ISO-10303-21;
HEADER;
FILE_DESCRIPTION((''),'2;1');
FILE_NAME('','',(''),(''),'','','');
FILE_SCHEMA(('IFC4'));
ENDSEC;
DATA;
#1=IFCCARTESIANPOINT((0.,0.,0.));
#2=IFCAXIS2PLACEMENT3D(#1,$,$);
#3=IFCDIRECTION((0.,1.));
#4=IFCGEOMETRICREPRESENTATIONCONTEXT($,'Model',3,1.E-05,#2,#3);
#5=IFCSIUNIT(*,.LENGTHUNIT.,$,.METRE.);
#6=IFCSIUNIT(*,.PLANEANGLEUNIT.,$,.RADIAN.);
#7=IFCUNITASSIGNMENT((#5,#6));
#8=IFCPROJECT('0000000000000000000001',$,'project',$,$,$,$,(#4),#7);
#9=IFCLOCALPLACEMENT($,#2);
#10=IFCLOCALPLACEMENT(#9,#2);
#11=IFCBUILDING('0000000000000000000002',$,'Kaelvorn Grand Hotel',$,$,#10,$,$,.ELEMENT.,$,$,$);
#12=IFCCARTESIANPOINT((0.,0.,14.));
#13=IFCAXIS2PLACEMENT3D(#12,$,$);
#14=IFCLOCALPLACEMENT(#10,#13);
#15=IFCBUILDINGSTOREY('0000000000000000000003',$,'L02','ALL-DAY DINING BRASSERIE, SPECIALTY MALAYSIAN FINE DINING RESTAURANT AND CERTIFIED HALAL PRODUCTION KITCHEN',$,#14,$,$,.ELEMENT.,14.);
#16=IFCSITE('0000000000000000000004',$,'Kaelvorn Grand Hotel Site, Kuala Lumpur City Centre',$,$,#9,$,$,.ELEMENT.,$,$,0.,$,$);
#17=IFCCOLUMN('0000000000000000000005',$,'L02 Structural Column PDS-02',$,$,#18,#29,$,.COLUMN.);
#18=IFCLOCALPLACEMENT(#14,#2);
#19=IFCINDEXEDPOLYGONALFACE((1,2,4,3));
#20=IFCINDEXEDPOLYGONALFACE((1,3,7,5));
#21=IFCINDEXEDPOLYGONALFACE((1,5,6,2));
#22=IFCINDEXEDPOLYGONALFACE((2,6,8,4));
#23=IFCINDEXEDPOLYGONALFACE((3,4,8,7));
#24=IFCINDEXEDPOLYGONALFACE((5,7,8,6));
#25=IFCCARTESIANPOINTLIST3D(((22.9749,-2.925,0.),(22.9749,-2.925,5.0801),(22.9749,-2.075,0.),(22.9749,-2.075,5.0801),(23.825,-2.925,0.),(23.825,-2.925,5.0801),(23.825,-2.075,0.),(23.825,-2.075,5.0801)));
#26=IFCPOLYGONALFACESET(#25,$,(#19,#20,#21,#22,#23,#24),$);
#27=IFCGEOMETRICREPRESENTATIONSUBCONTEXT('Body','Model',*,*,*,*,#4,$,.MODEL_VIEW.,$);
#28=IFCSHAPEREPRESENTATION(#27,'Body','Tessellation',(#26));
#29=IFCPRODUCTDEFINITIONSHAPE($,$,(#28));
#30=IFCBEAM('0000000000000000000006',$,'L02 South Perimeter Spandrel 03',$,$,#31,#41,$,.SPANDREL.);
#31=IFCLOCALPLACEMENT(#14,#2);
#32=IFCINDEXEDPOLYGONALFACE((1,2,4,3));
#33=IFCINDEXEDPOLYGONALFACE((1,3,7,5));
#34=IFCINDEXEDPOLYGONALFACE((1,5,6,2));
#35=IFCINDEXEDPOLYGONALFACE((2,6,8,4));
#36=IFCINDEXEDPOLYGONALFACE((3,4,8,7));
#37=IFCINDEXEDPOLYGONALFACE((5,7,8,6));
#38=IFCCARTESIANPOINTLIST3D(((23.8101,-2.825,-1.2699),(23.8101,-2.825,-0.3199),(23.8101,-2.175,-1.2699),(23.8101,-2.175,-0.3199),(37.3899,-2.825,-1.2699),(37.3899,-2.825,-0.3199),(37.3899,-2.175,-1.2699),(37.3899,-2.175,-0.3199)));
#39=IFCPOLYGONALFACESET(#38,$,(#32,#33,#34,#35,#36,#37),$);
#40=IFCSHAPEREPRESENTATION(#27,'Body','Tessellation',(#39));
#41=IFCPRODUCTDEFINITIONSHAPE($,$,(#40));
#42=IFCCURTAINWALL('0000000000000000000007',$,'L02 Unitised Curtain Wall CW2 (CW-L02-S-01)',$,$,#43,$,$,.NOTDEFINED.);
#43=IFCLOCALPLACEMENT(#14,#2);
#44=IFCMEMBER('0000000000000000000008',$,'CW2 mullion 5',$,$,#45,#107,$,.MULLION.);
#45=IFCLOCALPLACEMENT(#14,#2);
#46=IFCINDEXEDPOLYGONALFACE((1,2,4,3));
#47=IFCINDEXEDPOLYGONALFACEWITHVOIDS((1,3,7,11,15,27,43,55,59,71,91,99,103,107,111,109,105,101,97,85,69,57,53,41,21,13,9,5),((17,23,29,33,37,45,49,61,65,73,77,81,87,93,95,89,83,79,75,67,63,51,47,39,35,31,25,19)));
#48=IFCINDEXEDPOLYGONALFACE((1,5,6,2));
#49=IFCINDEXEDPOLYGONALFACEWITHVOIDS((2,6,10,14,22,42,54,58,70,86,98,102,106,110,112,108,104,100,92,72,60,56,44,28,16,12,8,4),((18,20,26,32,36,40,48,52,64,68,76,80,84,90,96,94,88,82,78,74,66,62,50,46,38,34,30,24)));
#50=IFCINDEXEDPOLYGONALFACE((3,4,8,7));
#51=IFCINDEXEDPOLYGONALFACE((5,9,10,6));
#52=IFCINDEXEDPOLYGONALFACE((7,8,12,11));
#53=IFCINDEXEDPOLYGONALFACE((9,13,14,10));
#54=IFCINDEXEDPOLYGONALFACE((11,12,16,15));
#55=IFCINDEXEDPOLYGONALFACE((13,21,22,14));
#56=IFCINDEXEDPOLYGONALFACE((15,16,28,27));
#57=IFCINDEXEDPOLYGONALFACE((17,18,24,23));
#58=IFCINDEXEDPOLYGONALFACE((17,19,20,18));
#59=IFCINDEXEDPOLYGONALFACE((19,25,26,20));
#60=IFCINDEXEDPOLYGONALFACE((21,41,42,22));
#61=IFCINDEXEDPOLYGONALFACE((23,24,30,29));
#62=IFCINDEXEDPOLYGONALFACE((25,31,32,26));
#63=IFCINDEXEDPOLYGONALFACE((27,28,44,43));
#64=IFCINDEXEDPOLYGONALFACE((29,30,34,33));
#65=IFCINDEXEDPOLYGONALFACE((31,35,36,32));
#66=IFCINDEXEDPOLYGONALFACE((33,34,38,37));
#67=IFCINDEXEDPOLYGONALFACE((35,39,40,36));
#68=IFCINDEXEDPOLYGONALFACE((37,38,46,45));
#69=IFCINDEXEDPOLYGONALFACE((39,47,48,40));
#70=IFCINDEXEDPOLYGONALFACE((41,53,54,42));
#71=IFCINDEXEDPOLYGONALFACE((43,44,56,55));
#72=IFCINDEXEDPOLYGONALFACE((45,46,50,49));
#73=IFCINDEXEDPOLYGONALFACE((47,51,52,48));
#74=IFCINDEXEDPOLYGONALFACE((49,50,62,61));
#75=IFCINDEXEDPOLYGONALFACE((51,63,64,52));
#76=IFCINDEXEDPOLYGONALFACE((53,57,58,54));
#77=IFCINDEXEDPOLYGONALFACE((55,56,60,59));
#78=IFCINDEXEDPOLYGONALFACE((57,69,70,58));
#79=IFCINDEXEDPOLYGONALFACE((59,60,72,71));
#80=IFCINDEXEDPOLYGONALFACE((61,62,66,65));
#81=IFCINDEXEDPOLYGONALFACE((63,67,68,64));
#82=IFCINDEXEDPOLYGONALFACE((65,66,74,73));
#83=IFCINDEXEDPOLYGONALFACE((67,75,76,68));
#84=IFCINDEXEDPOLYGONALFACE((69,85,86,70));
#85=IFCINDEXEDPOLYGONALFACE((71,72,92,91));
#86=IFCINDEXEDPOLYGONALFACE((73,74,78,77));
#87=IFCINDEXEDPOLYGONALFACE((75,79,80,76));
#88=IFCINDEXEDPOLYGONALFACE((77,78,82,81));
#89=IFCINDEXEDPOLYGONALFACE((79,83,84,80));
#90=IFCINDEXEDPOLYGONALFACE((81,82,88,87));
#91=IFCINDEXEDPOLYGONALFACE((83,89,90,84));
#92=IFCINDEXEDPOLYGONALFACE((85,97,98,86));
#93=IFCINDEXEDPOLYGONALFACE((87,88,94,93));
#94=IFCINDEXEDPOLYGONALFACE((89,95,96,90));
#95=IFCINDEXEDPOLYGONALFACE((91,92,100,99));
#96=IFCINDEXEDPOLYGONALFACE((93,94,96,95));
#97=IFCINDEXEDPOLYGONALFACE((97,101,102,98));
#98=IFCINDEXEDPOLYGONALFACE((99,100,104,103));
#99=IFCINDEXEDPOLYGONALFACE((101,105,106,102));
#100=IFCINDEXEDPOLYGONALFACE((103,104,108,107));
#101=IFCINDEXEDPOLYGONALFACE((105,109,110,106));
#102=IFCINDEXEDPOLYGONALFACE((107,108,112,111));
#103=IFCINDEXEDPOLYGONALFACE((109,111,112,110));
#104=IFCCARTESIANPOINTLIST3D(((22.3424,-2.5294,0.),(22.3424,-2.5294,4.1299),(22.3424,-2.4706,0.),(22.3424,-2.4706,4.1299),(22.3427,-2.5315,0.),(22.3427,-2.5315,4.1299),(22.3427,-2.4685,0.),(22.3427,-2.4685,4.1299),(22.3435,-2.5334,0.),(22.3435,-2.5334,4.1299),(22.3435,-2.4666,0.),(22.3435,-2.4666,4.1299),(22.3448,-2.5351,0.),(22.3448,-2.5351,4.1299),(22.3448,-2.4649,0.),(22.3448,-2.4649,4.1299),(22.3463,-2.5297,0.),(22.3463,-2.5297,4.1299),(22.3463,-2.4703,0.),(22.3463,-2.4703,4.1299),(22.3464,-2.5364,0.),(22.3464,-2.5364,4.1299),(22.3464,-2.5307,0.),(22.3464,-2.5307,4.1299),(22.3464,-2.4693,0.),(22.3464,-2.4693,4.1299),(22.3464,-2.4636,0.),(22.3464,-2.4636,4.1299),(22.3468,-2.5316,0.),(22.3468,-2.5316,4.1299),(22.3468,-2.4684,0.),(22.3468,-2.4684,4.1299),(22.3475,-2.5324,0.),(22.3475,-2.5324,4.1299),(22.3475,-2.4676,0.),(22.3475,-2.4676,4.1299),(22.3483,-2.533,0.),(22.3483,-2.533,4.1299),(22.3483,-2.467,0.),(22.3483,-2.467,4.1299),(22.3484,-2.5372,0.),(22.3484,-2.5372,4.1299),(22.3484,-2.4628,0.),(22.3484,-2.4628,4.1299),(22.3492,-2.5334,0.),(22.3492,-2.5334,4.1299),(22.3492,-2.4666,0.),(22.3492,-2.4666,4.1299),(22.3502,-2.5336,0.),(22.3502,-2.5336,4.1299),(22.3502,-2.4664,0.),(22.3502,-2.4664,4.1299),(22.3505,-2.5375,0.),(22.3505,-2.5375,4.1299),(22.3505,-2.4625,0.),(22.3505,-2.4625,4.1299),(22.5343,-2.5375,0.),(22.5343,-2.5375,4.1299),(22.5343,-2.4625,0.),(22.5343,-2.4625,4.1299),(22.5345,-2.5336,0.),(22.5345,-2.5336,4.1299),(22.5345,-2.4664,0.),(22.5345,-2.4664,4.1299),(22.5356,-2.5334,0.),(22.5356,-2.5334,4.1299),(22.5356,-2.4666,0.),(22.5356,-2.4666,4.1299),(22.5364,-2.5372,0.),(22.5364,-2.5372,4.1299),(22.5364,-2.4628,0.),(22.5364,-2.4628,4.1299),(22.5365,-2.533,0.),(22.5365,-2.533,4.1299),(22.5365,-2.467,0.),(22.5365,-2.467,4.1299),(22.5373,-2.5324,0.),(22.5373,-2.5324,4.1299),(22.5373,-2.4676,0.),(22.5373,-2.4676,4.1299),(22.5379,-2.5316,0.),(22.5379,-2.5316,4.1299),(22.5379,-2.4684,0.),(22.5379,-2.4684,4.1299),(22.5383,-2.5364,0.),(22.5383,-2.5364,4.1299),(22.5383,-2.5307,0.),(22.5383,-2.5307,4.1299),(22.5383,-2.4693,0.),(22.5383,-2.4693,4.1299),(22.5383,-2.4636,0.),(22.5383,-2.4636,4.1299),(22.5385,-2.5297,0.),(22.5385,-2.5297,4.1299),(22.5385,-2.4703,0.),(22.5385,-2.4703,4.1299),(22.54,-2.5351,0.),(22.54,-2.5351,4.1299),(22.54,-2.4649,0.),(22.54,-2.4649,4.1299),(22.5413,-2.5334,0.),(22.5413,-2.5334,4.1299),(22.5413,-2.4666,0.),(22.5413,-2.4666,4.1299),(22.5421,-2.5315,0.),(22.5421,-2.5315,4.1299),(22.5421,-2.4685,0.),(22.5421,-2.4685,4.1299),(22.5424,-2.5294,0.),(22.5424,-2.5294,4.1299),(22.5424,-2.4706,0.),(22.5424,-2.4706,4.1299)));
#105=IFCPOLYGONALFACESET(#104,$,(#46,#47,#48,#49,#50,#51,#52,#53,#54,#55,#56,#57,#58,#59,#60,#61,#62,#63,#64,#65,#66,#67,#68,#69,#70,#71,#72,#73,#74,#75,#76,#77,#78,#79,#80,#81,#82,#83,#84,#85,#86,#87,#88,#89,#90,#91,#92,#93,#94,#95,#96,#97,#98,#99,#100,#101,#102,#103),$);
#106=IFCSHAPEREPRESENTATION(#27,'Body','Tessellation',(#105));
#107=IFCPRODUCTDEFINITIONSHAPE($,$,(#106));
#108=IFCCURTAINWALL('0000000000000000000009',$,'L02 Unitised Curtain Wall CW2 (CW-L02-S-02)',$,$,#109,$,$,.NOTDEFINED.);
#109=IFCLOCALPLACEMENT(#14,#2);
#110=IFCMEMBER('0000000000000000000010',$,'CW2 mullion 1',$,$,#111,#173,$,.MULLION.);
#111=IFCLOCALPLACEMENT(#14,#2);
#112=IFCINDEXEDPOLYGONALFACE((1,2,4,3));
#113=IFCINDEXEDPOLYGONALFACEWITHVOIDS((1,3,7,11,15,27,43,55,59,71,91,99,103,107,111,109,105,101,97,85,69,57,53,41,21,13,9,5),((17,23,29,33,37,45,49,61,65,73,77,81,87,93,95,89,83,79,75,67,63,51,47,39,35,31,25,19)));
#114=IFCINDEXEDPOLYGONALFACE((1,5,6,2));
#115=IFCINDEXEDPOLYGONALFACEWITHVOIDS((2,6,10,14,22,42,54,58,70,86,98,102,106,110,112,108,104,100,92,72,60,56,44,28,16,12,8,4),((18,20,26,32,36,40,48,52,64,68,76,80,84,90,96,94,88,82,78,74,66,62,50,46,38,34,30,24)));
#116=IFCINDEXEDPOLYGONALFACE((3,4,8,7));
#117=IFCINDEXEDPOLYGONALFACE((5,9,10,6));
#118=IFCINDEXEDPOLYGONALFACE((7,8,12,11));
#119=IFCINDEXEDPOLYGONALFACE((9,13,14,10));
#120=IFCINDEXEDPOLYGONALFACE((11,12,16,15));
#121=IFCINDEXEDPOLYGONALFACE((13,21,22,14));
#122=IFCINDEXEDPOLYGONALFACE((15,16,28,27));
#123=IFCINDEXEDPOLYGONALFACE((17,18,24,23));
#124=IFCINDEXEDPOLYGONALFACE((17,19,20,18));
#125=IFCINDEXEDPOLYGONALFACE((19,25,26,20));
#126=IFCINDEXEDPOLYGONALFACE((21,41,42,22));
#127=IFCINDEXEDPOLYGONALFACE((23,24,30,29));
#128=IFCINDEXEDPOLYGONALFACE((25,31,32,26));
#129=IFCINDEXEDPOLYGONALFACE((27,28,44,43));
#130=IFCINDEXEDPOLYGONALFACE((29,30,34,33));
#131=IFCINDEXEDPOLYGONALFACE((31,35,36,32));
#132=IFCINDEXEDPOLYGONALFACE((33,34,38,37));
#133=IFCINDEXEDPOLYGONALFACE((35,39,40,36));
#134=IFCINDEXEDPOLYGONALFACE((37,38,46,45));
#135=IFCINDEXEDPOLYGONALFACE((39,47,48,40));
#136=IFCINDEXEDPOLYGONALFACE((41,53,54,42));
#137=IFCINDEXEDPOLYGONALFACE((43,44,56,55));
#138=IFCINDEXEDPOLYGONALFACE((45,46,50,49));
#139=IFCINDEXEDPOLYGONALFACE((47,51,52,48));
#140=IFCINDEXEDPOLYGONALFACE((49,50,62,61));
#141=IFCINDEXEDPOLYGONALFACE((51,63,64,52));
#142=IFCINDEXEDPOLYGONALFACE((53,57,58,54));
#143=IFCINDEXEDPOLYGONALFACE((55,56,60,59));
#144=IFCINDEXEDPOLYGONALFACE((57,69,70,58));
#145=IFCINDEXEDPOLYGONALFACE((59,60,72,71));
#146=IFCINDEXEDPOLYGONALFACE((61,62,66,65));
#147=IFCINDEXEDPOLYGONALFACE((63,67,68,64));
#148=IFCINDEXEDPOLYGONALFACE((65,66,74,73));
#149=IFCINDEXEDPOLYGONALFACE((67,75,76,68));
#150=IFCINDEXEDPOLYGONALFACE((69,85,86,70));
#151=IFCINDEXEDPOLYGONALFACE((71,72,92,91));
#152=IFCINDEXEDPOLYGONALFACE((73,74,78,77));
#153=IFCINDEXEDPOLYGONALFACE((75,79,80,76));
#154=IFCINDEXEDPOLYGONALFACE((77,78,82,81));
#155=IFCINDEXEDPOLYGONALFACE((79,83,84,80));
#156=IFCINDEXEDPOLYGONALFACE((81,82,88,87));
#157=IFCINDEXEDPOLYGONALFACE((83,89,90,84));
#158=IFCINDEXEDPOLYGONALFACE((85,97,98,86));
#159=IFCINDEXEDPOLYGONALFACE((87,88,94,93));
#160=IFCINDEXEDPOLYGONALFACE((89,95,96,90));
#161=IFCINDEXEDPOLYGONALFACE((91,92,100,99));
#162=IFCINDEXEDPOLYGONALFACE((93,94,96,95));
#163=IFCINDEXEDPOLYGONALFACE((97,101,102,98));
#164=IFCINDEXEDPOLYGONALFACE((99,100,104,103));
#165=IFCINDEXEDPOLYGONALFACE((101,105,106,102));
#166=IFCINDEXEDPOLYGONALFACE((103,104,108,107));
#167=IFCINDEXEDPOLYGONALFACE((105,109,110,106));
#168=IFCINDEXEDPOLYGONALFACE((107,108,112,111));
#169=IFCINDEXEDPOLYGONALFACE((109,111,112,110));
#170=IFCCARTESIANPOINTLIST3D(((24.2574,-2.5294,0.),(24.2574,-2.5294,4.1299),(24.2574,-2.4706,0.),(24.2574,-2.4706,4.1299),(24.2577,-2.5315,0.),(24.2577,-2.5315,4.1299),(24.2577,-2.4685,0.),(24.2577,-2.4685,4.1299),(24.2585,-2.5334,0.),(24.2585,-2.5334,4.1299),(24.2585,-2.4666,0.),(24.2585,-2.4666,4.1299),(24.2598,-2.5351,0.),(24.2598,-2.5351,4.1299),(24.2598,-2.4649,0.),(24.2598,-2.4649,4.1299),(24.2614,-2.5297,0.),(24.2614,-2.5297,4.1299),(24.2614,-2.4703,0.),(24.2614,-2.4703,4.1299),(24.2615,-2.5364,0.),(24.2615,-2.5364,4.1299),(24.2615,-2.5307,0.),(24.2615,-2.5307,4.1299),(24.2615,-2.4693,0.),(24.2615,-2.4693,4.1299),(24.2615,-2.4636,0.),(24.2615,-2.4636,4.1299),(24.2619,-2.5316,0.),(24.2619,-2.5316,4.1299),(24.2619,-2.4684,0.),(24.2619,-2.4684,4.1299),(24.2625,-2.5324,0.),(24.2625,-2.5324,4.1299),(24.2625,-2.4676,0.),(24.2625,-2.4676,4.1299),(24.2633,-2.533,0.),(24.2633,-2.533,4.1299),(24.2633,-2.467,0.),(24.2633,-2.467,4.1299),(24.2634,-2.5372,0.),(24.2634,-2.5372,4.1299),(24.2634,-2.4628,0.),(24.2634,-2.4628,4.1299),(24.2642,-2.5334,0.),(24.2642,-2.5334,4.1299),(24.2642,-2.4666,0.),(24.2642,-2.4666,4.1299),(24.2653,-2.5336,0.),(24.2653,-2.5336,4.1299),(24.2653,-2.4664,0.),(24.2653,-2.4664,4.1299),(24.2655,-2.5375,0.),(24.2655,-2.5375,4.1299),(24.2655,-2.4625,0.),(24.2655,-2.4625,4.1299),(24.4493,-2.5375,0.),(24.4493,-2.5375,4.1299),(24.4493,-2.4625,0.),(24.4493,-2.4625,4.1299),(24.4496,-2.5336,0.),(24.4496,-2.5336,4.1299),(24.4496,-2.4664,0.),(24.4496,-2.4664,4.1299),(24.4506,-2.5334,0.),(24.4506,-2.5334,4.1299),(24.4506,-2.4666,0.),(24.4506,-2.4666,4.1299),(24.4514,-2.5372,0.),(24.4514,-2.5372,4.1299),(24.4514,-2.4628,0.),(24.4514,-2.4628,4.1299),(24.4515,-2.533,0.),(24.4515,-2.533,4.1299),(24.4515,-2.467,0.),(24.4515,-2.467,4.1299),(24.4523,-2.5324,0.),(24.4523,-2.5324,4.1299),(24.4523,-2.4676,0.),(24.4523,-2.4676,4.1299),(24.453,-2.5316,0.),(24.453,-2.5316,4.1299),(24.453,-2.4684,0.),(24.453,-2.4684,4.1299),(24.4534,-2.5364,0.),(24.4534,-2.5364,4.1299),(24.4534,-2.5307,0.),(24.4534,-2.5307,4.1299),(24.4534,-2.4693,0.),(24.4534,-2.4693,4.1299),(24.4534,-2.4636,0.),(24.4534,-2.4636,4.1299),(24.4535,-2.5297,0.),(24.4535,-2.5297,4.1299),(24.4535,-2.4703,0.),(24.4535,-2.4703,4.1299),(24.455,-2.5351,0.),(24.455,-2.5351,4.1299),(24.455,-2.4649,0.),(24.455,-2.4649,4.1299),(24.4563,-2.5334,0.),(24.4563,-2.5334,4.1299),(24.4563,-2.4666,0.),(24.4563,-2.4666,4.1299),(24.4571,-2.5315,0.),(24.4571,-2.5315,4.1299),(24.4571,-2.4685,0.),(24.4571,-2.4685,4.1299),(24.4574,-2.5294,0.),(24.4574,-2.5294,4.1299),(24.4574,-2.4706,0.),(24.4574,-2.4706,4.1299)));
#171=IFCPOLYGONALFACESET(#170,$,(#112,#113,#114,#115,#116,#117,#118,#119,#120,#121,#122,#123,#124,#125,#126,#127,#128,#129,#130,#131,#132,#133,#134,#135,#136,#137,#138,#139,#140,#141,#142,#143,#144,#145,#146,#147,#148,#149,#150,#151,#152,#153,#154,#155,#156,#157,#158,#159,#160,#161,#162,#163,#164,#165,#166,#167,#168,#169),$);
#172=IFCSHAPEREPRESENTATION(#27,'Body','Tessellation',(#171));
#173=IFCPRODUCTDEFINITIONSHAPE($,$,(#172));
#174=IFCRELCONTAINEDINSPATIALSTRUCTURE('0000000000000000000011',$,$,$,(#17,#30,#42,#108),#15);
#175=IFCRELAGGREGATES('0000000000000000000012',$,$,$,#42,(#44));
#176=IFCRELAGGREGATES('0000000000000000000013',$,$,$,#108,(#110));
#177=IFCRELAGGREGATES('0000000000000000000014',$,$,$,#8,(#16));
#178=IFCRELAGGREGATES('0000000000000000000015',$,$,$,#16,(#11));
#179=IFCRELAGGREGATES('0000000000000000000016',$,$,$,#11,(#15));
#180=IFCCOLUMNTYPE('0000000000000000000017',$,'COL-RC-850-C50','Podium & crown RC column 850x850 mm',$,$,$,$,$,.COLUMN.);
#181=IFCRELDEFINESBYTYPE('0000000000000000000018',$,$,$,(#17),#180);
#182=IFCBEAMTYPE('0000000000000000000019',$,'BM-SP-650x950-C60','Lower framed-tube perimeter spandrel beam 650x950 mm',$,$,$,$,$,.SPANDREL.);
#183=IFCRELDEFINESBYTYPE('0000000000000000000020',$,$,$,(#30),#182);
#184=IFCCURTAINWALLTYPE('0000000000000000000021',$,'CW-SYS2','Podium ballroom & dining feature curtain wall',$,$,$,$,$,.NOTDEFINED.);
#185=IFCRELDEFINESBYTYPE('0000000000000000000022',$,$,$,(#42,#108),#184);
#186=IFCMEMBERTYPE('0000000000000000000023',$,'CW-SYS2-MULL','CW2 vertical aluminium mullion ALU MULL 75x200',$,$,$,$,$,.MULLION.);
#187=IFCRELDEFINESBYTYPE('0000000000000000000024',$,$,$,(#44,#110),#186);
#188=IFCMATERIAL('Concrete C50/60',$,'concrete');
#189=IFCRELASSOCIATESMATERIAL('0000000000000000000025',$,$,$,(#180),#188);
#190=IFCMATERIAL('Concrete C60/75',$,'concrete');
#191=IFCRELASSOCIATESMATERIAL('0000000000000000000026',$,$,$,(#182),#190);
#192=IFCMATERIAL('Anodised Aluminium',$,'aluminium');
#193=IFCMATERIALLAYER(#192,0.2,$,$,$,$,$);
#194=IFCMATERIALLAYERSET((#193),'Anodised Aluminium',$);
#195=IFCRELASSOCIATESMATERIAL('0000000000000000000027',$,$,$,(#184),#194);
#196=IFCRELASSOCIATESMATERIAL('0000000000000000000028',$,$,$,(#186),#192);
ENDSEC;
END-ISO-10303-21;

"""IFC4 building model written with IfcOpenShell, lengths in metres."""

from ifc_helpers import new_model, si_unit, direction, frame, origin, origin_2d, place, context, subcontext, project, spatial, rectangle, hollow_rectangle, extrude, material, layer, layer_set, material_profile, profile_set, type_object, element, aggregate, save


model = new_model("IFC4")

# Units and contexts
model_context = context("Model", 3, precision=1e-05, world=origin(), true_north=direction((0.0, 1.0)))
body_context = subcontext(model_context, "Body", "Model", "MODEL_VIEW")
ifc_project = project(units=[si_unit("LENGTHUNIT", "METRE"), si_unit("PLANEANGLEUNIT", "RADIAN")], contexts=[model_context])

# Site, building, storey
site_placement = place(None, origin())
site = spatial("IfcSite", under=ifc_project, at=site_placement, Name="Kaelvorn Grand Hotel Site, Kuala Lumpur City Centre", CompositionType="ELEMENT", RefElevation=0.0)
building_placement = place(site_placement, origin())
building = spatial("IfcBuilding", under=site, at=building_placement, Name="Kaelvorn Grand Hotel", CompositionType="ELEMENT")
storey_placement = place(building_placement, frame((0.0, 0.0, 14.0)))
storey = spatial("IfcBuildingStorey", under=building, at=storey_placement, Name="L02", Description="ALL-DAY DINING BRASSERIE, SPECIALTY MALAYSIAN FINE DINING RESTAURANT AND CERTIFIED HALAL PRODUCTION KITCHEN", CompositionType="ELEMENT", Elevation=14.0)

# Column
ifc_material_1 = material(Name="Concrete C50/60", Category="concrete")
ifc_material_profile_1 = material_profile(ifc_material_1, rectangle(XDim=0.8501, YDim=0.8501, at=origin_2d()), Name="RC COL 850x850")
ifc_profile_set_1 = profile_set([ifc_material_profile_1], Name="Concrete C50/60")
column_type = type_object("IfcColumnType", Name="COL-RC-850-C50", Description="Podium & crown RC column 850x850 mm", PredefinedType="COLUMN", material=ifc_profile_set_1)
column_placement = place(storey_placement, frame((23.3999, -2.5, 0.0), z_axis=(0.0, 0.0, 1.0), x_axis=(1.0, 0.0, 0.0)))
element("IfcColumn", 1, at=column_placement, inside=storey, type_object=column_type, Name="L02 Structural Column PDS-02", PredefinedType="COLUMN", context=body_context, shape_type="SweptSolid", body=[
    extrude(rectangle(XDim=0.8501, YDim=0.8501, at=origin_2d()), origin(), (0.0, 0.0, 1.0), 5.0801),
])

# Beam
ifc_material_2 = material(Name="Concrete C60/75", Category="concrete")
ifc_material_profile_2 = material_profile(ifc_material_2, rectangle(XDim=0.6499, YDim=0.95, at=origin_2d()), Name="RC SPANDREL 650x950")
ifc_profile_set_2 = profile_set([ifc_material_profile_2], Name="Concrete C60/75")
beam_type = type_object("IfcBeamType", Name="BM-SP-650x950-C60", Description="Lower framed-tube perimeter spandrel beam 650x950 mm", PredefinedType="SPANDREL", material=ifc_profile_set_2)
beam_placement = place(storey_placement, frame((23.8101, -2.5, -0.7949), z_axis=(1.0, 0.0, 0.0), x_axis=(0.0, 1.0, 0.0)))
element("IfcBeam", 2, at=beam_placement, inside=storey, type_object=beam_type, Name="L02 South Perimeter Spandrel 03", PredefinedType="SPANDREL", context=body_context, shape_type="SweptSolid", body=[
    extrude(rectangle(XDim=0.6499, YDim=0.95, at=origin_2d()), origin(), (0.0, 0.0, 1.0), 13.5798),
])

# Curtain wall, member
ifc_material_3 = material(Name="Anodised Aluminium", Category="aluminium")
ifc_layer_1 = layer(ifc_material_3, 0.2)
ifc_layer_set_1 = layer_set([ifc_layer_1], Name="Anodised Aluminium")
curtain_wall_type = type_object("IfcCurtainWallType", Name="CW-SYS2", Description="Podium ballroom & dining feature curtain wall", PredefinedType="NOTDEFINED", material=ifc_layer_set_1)
curtain_wall_1_placement = place(storey_placement, origin())
curtain_wall_1 = element("IfcCurtainWall", 3, at=curtain_wall_1_placement, inside=storey, type_object=curtain_wall_type, Name="L02 Unitised Curtain Wall CW2 (CW-L02-S-01)", PredefinedType="NOTDEFINED")
ifc_material_profile_3 = material_profile(ifc_material_3, hollow_rectangle(XDim=0.075, YDim=0.2, WallThickness=0.0039, InnerFilletRadius=0.0039, OuterFilletRadius=0.0081, at=origin_2d()), Name="ALU MULL 75x200")
ifc_profile_set_3 = profile_set([ifc_material_profile_3], Name="Anodised Aluminium")
member_type_1 = type_object("IfcMemberType", Name="CW-SYS2-MULL", Description="CW2 vertical aluminium mullion ALU MULL 75x200", PredefinedType="MULLION", material=ifc_profile_set_3)
member_1_placement = place(storey_placement, frame((22.4424, -2.5, 0.0), z_axis=(0.0, 0.0, 1.0), x_axis=(0.0, 1.0, 0.0)))
member_1 = element("IfcMember", 4, at=member_1_placement, type_object=member_type_1, Name="CW2 mullion 5", PredefinedType="MULLION", context=body_context, shape_type="SweptSolid", body=[
    extrude(hollow_rectangle(XDim=0.075, YDim=0.2, WallThickness=0.0039, InnerFilletRadius=0.0039, OuterFilletRadius=0.0081, at=origin_2d()), origin(), (0.0, 0.0, 1.0), 4.1299),
])

# Curtain wall, member
curtain_wall_2_placement = place(storey_placement, origin())
curtain_wall_2 = element("IfcCurtainWall", 5, at=curtain_wall_2_placement, inside=storey, type_object=curtain_wall_type, Name="L02 Unitised Curtain Wall CW2 (CW-L02-S-02)", PredefinedType="NOTDEFINED")
member_2_placement = place(storey_placement, frame((24.3574, -2.5, 0.0), z_axis=(0.0, 0.0, 1.0), x_axis=(0.0, 1.0, 0.0)))
member_2 = element("IfcMember", 6, at=member_2_placement, type_object=member_type_1, Name="CW2 mullion 1", PredefinedType="MULLION", context=body_context, shape_type="SweptSolid", body=[
    extrude(hollow_rectangle(XDim=0.075, YDim=0.2, WallThickness=0.0039, InnerFilletRadius=0.0039, OuterFilletRadius=0.0081, at=origin_2d()), origin(), (0.0, 0.0, 1.0), 4.1299),
])

aggregate(curtain_wall_1, [member_1])
aggregate(curtain_wall_2, [member_2])

save(model, "model.ifc")
